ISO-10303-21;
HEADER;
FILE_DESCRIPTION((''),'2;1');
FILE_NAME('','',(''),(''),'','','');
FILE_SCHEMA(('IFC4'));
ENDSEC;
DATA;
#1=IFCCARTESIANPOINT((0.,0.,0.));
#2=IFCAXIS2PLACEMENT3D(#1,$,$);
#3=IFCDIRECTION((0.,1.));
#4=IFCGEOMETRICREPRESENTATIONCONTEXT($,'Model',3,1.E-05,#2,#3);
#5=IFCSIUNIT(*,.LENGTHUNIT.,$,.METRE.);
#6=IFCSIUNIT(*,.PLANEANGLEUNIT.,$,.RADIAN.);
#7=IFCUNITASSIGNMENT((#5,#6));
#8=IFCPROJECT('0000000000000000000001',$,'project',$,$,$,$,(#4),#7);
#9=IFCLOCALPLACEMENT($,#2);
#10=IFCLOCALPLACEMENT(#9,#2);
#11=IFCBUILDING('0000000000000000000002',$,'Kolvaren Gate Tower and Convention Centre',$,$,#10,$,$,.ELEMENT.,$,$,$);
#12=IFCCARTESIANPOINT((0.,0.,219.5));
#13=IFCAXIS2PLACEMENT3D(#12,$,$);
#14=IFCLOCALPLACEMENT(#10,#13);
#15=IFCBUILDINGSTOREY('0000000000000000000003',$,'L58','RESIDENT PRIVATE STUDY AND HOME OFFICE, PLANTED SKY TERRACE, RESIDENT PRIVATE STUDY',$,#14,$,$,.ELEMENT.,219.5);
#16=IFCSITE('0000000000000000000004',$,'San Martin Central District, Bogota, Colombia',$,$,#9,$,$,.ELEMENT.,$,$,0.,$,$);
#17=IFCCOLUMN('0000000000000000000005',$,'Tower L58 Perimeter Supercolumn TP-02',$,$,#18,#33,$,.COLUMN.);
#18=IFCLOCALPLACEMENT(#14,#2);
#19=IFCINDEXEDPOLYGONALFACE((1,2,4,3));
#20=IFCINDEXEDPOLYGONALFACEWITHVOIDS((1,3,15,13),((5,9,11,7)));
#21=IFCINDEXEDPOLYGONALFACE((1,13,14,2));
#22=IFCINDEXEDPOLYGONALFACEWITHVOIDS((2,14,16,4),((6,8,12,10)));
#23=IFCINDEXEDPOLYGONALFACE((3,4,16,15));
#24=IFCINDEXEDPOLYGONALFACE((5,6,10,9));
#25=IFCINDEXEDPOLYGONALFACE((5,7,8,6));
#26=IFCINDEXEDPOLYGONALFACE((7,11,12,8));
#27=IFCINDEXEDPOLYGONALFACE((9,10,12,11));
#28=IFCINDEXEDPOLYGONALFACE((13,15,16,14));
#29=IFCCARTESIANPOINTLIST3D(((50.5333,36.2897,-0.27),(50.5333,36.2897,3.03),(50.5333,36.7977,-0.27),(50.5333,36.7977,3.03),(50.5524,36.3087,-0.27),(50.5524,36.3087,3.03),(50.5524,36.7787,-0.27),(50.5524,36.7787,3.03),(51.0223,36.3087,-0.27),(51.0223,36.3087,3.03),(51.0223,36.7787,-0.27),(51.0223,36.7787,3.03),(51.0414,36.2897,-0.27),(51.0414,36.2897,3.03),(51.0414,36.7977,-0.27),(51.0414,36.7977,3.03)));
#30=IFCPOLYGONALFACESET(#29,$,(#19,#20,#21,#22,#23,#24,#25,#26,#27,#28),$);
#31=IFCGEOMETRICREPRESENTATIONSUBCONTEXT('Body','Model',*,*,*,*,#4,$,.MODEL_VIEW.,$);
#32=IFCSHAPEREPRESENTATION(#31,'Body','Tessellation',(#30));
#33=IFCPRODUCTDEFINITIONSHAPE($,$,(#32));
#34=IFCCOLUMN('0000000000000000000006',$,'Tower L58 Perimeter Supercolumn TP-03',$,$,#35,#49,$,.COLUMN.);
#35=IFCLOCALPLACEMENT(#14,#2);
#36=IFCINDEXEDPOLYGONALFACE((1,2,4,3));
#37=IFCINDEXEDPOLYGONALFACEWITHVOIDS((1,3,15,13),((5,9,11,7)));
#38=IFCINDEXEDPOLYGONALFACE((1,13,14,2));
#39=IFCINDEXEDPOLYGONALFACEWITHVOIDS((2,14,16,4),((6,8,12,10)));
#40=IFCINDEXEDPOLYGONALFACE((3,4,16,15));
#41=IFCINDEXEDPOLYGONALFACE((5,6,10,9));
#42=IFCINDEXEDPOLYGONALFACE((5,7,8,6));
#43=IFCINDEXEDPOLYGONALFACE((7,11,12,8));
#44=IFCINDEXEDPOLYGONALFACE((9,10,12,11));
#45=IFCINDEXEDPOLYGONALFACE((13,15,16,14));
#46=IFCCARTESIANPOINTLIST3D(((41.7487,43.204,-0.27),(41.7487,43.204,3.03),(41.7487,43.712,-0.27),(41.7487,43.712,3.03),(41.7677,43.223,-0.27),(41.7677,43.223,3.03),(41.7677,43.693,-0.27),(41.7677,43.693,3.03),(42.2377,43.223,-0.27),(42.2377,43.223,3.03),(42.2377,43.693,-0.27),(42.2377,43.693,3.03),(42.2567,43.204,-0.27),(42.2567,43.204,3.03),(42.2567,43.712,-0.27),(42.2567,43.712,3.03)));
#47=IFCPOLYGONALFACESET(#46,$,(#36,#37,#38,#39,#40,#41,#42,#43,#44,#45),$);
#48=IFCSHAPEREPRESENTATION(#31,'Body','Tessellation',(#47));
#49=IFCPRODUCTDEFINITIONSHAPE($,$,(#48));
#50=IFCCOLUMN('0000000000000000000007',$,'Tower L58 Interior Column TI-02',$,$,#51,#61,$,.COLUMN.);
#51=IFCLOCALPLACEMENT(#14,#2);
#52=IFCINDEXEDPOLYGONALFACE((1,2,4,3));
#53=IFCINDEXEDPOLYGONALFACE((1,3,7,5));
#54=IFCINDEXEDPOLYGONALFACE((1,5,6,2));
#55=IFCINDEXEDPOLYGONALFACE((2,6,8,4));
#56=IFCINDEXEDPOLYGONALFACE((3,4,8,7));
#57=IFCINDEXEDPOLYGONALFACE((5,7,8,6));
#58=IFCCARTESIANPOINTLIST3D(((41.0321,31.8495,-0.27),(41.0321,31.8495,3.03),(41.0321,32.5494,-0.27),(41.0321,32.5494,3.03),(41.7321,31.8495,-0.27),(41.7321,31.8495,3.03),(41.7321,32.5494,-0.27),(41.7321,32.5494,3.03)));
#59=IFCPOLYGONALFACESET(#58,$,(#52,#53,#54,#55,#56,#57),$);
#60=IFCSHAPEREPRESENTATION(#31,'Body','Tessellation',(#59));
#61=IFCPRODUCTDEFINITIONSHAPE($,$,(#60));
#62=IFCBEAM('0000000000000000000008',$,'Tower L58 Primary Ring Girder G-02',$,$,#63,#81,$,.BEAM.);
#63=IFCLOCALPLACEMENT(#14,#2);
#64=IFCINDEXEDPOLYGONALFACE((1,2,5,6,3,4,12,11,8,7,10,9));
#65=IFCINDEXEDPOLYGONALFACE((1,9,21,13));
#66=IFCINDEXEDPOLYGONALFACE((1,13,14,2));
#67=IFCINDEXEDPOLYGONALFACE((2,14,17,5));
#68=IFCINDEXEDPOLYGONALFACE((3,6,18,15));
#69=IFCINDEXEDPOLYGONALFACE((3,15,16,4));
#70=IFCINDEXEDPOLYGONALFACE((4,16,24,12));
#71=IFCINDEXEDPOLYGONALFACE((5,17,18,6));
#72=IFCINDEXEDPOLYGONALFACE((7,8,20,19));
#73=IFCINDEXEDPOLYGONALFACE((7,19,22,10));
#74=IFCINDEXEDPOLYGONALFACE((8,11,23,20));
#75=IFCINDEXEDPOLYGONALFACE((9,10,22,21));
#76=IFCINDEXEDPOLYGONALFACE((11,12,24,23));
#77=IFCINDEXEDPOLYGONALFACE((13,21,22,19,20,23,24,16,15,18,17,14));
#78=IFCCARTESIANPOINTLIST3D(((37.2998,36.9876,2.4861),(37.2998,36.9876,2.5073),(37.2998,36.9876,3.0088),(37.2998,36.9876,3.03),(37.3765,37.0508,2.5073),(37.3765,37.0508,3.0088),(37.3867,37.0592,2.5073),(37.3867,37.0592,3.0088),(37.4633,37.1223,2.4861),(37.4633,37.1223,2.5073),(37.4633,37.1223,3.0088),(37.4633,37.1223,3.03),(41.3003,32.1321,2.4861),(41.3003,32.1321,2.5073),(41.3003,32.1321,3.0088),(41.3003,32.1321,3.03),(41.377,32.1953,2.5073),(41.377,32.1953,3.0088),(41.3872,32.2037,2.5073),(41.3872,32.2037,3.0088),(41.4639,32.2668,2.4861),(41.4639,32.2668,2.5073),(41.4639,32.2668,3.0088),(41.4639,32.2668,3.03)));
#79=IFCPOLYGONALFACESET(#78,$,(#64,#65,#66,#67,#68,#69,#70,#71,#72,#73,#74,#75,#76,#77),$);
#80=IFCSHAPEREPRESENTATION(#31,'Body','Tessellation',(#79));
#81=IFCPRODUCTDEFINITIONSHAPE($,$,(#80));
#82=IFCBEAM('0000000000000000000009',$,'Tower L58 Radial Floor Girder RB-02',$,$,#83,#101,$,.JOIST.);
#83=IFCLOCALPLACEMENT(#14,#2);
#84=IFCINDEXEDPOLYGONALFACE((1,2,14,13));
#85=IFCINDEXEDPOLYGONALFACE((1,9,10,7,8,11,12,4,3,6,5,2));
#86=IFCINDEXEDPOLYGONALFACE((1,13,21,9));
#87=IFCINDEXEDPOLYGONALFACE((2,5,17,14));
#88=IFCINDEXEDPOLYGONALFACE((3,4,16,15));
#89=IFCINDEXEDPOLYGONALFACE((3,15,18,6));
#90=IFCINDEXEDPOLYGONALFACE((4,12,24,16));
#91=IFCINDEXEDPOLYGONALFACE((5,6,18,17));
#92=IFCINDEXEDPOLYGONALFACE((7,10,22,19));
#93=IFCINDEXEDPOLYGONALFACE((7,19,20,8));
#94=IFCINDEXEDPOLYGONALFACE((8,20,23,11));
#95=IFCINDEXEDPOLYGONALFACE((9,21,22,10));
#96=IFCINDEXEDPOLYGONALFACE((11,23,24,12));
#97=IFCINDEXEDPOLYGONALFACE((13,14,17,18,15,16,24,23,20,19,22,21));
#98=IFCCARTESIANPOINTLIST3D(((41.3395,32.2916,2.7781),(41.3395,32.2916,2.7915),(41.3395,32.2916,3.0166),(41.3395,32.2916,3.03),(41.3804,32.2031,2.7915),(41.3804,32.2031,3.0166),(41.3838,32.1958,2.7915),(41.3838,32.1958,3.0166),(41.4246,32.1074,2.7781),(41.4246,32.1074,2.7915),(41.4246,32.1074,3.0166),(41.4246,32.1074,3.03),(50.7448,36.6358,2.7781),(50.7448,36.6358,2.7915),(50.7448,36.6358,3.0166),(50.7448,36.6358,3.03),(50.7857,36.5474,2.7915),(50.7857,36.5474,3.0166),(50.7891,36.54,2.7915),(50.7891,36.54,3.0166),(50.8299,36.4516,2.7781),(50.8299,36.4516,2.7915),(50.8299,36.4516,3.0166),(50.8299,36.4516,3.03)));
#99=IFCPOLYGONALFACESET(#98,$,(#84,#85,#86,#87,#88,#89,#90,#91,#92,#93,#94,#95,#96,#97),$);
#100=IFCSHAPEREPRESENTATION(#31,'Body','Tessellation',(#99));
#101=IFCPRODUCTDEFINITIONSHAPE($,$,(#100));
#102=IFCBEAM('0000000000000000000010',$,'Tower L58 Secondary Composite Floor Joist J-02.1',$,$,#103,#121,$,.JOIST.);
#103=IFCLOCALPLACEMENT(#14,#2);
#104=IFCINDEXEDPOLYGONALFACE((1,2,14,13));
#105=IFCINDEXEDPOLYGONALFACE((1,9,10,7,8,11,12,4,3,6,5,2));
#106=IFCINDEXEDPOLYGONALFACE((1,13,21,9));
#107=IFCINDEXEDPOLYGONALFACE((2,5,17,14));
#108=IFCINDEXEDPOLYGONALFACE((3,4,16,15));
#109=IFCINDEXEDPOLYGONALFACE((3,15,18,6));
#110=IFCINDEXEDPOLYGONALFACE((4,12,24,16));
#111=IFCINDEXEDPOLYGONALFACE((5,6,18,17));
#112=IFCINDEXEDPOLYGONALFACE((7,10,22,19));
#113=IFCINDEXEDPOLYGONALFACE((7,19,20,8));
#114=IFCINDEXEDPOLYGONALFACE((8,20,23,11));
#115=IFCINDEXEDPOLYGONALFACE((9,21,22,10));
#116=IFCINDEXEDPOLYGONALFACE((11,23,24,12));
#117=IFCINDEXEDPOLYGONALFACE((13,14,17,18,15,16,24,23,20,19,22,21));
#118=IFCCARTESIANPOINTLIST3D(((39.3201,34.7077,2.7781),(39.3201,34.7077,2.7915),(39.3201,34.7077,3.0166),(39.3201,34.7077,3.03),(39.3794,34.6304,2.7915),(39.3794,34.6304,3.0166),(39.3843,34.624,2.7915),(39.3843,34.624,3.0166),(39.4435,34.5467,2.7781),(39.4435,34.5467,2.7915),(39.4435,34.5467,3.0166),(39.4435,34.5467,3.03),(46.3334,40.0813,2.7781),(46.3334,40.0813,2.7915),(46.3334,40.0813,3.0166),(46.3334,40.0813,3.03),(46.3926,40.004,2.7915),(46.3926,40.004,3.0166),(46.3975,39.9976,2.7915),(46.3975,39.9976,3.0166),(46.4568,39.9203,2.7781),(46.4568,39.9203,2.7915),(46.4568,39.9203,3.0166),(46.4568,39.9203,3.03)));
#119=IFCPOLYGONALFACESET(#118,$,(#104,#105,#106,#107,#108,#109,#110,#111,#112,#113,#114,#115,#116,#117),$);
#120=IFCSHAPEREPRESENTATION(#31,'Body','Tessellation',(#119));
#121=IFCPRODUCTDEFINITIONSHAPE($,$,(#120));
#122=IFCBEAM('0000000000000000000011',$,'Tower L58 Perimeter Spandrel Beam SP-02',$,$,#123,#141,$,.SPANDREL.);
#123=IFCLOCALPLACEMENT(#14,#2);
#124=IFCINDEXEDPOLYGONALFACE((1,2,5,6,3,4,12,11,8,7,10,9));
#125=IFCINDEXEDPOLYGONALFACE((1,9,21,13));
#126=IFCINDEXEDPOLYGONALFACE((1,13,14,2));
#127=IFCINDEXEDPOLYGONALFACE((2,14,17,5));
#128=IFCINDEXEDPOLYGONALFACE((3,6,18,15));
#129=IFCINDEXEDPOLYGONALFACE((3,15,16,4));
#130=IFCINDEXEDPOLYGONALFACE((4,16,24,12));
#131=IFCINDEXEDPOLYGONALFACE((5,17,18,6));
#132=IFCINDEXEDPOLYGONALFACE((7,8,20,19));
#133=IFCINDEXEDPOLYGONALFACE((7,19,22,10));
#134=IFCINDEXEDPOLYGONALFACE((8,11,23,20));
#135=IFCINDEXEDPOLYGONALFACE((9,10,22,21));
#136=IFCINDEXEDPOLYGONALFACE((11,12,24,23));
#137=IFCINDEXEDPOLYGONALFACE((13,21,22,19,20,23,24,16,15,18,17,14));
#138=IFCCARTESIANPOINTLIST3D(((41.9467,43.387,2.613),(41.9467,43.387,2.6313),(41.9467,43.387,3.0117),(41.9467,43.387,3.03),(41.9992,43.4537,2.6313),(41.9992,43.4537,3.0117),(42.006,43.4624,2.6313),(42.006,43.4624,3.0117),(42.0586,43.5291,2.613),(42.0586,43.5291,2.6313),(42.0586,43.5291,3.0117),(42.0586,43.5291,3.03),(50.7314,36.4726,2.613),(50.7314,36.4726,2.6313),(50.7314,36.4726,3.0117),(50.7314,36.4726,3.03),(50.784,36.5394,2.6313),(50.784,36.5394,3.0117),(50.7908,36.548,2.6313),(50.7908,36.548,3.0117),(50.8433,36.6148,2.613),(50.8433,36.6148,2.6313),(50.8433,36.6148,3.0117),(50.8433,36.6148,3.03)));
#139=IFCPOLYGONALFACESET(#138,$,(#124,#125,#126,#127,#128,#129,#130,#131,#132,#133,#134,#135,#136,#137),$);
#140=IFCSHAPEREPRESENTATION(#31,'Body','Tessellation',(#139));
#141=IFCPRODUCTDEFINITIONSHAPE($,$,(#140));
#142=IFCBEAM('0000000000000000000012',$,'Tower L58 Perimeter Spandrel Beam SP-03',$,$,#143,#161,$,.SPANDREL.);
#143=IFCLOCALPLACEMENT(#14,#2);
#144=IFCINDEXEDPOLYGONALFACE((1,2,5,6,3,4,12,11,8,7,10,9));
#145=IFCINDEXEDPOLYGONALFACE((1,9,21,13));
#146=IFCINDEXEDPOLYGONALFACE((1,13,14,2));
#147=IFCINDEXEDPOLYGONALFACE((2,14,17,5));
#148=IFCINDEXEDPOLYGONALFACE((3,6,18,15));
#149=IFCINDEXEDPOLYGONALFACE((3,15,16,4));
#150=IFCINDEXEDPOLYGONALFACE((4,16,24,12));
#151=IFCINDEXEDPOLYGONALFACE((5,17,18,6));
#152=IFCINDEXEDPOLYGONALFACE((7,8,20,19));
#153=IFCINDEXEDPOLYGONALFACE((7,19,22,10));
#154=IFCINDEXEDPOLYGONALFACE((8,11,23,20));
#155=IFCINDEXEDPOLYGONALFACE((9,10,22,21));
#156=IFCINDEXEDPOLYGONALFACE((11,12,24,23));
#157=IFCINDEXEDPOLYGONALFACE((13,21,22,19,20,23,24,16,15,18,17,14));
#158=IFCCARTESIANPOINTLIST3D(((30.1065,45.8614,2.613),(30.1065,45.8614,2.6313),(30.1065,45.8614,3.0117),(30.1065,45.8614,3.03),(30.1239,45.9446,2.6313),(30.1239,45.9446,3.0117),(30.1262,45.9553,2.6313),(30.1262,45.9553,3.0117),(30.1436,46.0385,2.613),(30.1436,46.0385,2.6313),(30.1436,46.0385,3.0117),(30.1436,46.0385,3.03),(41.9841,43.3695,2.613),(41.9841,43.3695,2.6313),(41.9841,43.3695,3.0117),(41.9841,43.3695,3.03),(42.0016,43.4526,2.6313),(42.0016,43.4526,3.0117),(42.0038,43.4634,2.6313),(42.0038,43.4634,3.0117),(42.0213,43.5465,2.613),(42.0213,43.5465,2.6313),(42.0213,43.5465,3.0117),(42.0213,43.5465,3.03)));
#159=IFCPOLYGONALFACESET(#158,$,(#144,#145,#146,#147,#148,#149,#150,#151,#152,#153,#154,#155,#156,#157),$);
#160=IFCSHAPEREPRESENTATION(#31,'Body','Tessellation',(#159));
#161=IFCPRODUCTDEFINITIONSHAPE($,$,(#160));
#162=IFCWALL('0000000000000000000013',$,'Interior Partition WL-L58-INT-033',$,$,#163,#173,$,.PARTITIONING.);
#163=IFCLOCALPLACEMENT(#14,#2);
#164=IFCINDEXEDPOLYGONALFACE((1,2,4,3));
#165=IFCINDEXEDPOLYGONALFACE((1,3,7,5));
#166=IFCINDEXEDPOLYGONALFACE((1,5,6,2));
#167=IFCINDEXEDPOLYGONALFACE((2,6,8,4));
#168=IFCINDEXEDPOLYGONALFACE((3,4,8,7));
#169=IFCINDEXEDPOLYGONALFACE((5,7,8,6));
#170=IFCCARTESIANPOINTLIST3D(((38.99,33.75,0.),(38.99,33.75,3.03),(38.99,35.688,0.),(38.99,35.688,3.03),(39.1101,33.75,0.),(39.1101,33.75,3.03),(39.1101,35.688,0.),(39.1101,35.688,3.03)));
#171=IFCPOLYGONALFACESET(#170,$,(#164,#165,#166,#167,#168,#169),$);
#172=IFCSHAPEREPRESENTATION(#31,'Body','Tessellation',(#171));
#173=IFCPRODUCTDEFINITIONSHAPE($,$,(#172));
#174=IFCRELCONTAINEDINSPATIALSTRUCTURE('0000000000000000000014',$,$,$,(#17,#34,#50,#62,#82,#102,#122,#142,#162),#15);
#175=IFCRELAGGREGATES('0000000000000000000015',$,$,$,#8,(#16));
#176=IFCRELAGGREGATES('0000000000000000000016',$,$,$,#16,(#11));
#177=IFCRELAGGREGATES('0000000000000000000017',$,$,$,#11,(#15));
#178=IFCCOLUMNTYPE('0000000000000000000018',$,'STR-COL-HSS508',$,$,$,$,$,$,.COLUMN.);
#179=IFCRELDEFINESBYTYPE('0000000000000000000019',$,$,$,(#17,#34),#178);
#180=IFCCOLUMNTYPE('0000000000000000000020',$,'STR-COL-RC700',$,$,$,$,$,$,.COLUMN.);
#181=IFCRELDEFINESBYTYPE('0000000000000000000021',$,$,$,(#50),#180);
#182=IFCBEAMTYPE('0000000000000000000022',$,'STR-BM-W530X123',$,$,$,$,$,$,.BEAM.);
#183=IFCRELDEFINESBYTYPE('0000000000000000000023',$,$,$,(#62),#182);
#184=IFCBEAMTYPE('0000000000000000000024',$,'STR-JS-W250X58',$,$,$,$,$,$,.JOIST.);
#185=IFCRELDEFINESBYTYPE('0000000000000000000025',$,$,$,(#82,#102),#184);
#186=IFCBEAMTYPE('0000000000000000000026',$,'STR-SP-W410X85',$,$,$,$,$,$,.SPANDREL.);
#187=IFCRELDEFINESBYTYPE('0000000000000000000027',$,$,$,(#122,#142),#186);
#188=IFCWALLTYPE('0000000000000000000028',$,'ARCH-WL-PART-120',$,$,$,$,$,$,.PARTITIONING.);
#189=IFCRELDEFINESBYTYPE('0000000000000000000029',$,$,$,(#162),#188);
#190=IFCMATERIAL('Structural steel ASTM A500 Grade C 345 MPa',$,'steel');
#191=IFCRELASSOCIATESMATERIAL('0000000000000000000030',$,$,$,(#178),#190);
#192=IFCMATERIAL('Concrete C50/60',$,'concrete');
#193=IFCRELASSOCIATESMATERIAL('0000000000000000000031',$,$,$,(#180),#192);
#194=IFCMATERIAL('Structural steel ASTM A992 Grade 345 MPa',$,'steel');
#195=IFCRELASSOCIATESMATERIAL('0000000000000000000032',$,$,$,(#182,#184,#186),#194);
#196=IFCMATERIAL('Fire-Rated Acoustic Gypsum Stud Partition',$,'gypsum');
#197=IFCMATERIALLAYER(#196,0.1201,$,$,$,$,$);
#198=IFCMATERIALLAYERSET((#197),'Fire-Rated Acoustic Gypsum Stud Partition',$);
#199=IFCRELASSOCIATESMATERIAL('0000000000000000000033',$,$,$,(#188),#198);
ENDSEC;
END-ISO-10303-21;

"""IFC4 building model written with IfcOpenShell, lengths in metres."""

from ifc_helpers import new_model, si_unit, direction, frame, frame_2d, origin, origin_2d, place, context, subcontext, project, spatial, rectangle, hollow_rectangle, i_section, extrude, material, layer, layer_set, material_profile, profile_set, type_object, element, save


model = new_model("IFC4")

# Units and contexts
model_context = context("Model", 3, precision=1e-05, world=origin(), true_north=direction((0.0, 1.0)))
body_context = subcontext(model_context, "Body", "Model", "MODEL_VIEW")
ifc_project = project(units=[si_unit("LENGTHUNIT", "METRE"), si_unit("PLANEANGLEUNIT", "RADIAN")], contexts=[model_context])

# Site, building, storey
site_placement = place(None, origin())
site = spatial("IfcSite", under=ifc_project, at=site_placement, Name="San Martin Central District, Bogota, Colombia", CompositionType="ELEMENT", RefElevation=0.0)
building_placement = place(site_placement, origin())
building = spatial("IfcBuilding", under=site, at=building_placement, Name="Kolvaren Gate Tower and Convention Centre", CompositionType="ELEMENT")
storey_placement = place(building_placement, frame((0.0, 0.0, 219.5)))
storey = spatial("IfcBuildingStorey", under=building, at=storey_placement, Name="L58", Description="RESIDENT PRIVATE STUDY AND HOME OFFICE, PLANTED SKY TERRACE, RESIDENT PRIVATE STUDY", CompositionType="ELEMENT", Elevation=219.5)

# Columns
ifc_material_1 = material(Name="Structural steel ASTM A500 Grade C 345 MPa", Category="steel")
ifc_material_profile_1 = material_profile(ifc_material_1, hollow_rectangle(XDim=0.5081, YDim=0.5081, WallThickness=0.019, at=origin_2d()), Name="HSS508X508X19.1")
ifc_profile_set_1 = profile_set([ifc_material_profile_1], Name="Structural steel ASTM A500 Grade C 345 MPa")
column_type_1 = type_object("IfcColumnType", Name="STR-COL-HSS508", PredefinedType="COLUMN", material=ifc_profile_set_1)
for number, where, z_axis, x_axis, name in (
    (1, (50.7874, 36.5437, -0.27), (0.0, 0.0, 1.0), (1.0, 0.0, 0.0), "Tower L58 Perimeter Supercolumn TP-02"),
    (2, (42.0027, 43.458, -0.27), (0.0, 0.0, 1.0), (1.0, 0.0, 0.0), "Tower L58 Perimeter Supercolumn TP-03"),
):
    element("IfcColumn", number, at=place(storey_placement, frame(where, z_axis=z_axis, x_axis=x_axis)), inside=storey, type_object=column_type_1, Name=name, PredefinedType="COLUMN", context=body_context, shape_type="SweptSolid", body=[
        extrude(hollow_rectangle(XDim=0.5081, YDim=0.5081, WallThickness=0.019, at=origin_2d()), origin(), (0.0, 0.0, 1.0), 3.3),
    ])
ifc_material_2 = material(Name="Concrete C50/60", Category="concrete")
ifc_material_profile_2 = material_profile(ifc_material_2, rectangle(XDim=0.7, YDim=0.7, at=origin_2d()), Name="RC-COL-700X700")
ifc_profile_set_2 = profile_set([ifc_material_profile_2], Name="Concrete C50/60")
column_type_2 = type_object("IfcColumnType", Name="STR-COL-RC700", PredefinedType="COLUMN", material=ifc_profile_set_2)
column_placement = place(storey_placement, frame((41.3821, 32.1995, -0.27), z_axis=(0.0, 0.0, 1.0), x_axis=(1.0, 0.0, 0.0)))
element("IfcColumn", 3, at=column_placement, inside=storey, type_object=column_type_2, Name="Tower L58 Interior Column TI-02", PredefinedType="COLUMN", context=body_context, shape_type="SweptSolid", body=[
    extrude(rectangle(XDim=0.7, YDim=0.7, at=origin_2d()), origin(), (0.0, 0.0, 1.0), 3.3),
])

# Beams
ifc_material_3 = material(Name="Structural steel ASTM A992 Grade 345 MPa", Category="steel")
ifc_material_profile_3 = material_profile(ifc_material_3, i_section(OverallWidth=0.2119, OverallDepth=0.5439, WebThickness=0.0132, FlangeThickness=0.0212, at=origin_2d()), Name="W530X123")
ifc_profile_set_3 = profile_set([ifc_material_profile_3], Name="Structural steel ASTM A992 Grade 345 MPa")
beam_type_1 = type_object("IfcBeamType", Name="STR-BM-W530X123", PredefinedType="BEAM", material=ifc_profile_set_3)
beam_1_placement = place(storey_placement, frame((41.3821, 32.1995, 2.7581), z_axis=(-0.635884, 0.771785, 0.0), x_axis=(-0.771785, -0.635884, 0.0)))
element("IfcBeam", 4, at=beam_1_placement, inside=storey, type_object=beam_type_1, Name="Tower L58 Primary Ring Girder G-02", PredefinedType="BEAM", context=body_context, shape_type="SweptSolid", body=[
    extrude(i_section(OverallWidth=0.2119, OverallDepth=0.5439, WebThickness=0.0132, FlangeThickness=0.0212, at=origin_2d()), origin(), (0.0, 0.0, 1.0), 6.2913),
])
ifc_material_profile_4 = material_profile(ifc_material_3, i_section(OverallWidth=0.2029, OverallDepth=0.252, WebThickness=0.0081, FlangeThickness=0.0134, at=origin_2d()), Name="W250X58")
ifc_profile_set_4 = profile_set([ifc_material_profile_4], Name="Structural steel ASTM A992 Grade 345 MPa")
beam_type_2 = type_object("IfcBeamType", Name="STR-JS-W250X58", PredefinedType="JOIST", material=ifc_profile_set_4)
beam_2_placement = place(storey_placement, frame((41.3821, 32.1995, 2.9041), z_axis=(0.907837, 0.419324, 0.0), x_axis=(-0.419324, 0.907837, 0.0)))
element("IfcBeam", 5, at=beam_2_placement, inside=storey, type_object=beam_type_2, Name="Tower L58 Radial Floor Girder RB-02", PredefinedType="JOIST", context=body_context, shape_type="SweptSolid", body=[
    extrude(i_section(OverallWidth=0.2029, OverallDepth=0.252, WebThickness=0.0081, FlangeThickness=0.0134, at=origin_2d()), origin(), (0.0, 0.0, 1.0), 10.3601),
])
beam_3_placement = place(storey_placement, frame((39.3818, 34.6272, 2.9041), z_axis=(0.793783, 0.608201, 0.0), x_axis=(-0.608201, 0.793783, 0.0)))
element("IfcBeam", 6, at=beam_3_placement, inside=storey, type_object=beam_type_2, Name="Tower L58 Secondary Composite Floor Joist J-02.1", PredefinedType="JOIST", context=body_context, shape_type="SweptSolid", body=[
    extrude(i_section(OverallWidth=0.2029, OverallDepth=0.252, WebThickness=0.0081, FlangeThickness=0.0134, at=origin_2d()), origin(), (0.0, 0.0, 1.0), 8.8352),
])
ifc_material_profile_5 = material_profile(ifc_material_3, i_section(OverallWidth=0.1809, OverallDepth=0.417, WebThickness=0.011, FlangeThickness=0.0183, at=origin_2d()), Name="W410X85")
ifc_profile_set_5 = profile_set([ifc_material_profile_5], Name="Structural steel ASTM A992 Grade 345 MPa")
beam_type_3 = type_object("IfcBeamType", Name="STR-SP-W410X85", PredefinedType="SPANDREL", material=ifc_profile_set_5)
beam_4_placement = place(storey_placement, frame((50.7874, 36.5437, 2.8215), z_axis=(-0.785794, 0.618489, 0.0), x_axis=(-0.618489, -0.785794, 0.0)))
element("IfcBeam", 7, at=beam_4_placement, inside=storey, type_object=beam_type_3, Name="Tower L58 Perimeter Spandrel Beam SP-02", PredefinedType="SPANDREL", context=body_context, shape_type="SweptSolid", body=[
    extrude(i_section(OverallWidth=0.1809, OverallDepth=0.417, WebThickness=0.011, FlangeThickness=0.0183, at=origin_2d()), origin(), (0.0, 0.0, 1.0), 11.1794),
])
beam_5_placement = place(storey_placement, frame((42.0027, 43.458, 2.8215), z_axis=(-0.978693, 0.20533, 0.0), x_axis=(-0.20533, -0.978693, 0.0)))
element("IfcBeam", 8, at=beam_5_placement, inside=storey, type_object=beam_type_3, Name="Tower L58 Perimeter Spandrel Beam SP-03", PredefinedType="SPANDREL", context=body_context, shape_type="SweptSolid", body=[
    extrude(i_section(OverallWidth=0.1809, OverallDepth=0.417, WebThickness=0.011, FlangeThickness=0.0183, at=origin_2d()), origin(), (0.0, 0.0, 1.0), 12.1362),
])

# Wall
ifc_material_4 = material(Name="Fire-Rated Acoustic Gypsum Stud Partition", Category="gypsum")
ifc_layer_1 = layer(ifc_material_4, 0.1201)
ifc_layer_set_1 = layer_set([ifc_layer_1], Name="Fire-Rated Acoustic Gypsum Stud Partition")
wall_type_1 = type_object("IfcWallType", Name="ARCH-WL-PART-120", PredefinedType="PARTITIONING", material=ifc_layer_set_1)
wall_1_placement = place(storey_placement, frame((39.05, 33.75, 0.0), z_axis=(0.0, 0.0, 1.0), x_axis=(0.0, 1.0, 0.0)))
element("IfcWall", 9, at=wall_1_placement, inside=storey, type_object=wall_type_1, Name="Interior Partition WL-L58-INT-033", PredefinedType="PARTITIONING", context=body_context, shape_type="SweptSolid", body=[
    extrude(rectangle(XDim=1.938, YDim=0.1201, at=frame_2d((0.969, 0.0))), origin(), (0.0, 0.0, 1.0), 3.03),
])

save(model, "model.ifc")
